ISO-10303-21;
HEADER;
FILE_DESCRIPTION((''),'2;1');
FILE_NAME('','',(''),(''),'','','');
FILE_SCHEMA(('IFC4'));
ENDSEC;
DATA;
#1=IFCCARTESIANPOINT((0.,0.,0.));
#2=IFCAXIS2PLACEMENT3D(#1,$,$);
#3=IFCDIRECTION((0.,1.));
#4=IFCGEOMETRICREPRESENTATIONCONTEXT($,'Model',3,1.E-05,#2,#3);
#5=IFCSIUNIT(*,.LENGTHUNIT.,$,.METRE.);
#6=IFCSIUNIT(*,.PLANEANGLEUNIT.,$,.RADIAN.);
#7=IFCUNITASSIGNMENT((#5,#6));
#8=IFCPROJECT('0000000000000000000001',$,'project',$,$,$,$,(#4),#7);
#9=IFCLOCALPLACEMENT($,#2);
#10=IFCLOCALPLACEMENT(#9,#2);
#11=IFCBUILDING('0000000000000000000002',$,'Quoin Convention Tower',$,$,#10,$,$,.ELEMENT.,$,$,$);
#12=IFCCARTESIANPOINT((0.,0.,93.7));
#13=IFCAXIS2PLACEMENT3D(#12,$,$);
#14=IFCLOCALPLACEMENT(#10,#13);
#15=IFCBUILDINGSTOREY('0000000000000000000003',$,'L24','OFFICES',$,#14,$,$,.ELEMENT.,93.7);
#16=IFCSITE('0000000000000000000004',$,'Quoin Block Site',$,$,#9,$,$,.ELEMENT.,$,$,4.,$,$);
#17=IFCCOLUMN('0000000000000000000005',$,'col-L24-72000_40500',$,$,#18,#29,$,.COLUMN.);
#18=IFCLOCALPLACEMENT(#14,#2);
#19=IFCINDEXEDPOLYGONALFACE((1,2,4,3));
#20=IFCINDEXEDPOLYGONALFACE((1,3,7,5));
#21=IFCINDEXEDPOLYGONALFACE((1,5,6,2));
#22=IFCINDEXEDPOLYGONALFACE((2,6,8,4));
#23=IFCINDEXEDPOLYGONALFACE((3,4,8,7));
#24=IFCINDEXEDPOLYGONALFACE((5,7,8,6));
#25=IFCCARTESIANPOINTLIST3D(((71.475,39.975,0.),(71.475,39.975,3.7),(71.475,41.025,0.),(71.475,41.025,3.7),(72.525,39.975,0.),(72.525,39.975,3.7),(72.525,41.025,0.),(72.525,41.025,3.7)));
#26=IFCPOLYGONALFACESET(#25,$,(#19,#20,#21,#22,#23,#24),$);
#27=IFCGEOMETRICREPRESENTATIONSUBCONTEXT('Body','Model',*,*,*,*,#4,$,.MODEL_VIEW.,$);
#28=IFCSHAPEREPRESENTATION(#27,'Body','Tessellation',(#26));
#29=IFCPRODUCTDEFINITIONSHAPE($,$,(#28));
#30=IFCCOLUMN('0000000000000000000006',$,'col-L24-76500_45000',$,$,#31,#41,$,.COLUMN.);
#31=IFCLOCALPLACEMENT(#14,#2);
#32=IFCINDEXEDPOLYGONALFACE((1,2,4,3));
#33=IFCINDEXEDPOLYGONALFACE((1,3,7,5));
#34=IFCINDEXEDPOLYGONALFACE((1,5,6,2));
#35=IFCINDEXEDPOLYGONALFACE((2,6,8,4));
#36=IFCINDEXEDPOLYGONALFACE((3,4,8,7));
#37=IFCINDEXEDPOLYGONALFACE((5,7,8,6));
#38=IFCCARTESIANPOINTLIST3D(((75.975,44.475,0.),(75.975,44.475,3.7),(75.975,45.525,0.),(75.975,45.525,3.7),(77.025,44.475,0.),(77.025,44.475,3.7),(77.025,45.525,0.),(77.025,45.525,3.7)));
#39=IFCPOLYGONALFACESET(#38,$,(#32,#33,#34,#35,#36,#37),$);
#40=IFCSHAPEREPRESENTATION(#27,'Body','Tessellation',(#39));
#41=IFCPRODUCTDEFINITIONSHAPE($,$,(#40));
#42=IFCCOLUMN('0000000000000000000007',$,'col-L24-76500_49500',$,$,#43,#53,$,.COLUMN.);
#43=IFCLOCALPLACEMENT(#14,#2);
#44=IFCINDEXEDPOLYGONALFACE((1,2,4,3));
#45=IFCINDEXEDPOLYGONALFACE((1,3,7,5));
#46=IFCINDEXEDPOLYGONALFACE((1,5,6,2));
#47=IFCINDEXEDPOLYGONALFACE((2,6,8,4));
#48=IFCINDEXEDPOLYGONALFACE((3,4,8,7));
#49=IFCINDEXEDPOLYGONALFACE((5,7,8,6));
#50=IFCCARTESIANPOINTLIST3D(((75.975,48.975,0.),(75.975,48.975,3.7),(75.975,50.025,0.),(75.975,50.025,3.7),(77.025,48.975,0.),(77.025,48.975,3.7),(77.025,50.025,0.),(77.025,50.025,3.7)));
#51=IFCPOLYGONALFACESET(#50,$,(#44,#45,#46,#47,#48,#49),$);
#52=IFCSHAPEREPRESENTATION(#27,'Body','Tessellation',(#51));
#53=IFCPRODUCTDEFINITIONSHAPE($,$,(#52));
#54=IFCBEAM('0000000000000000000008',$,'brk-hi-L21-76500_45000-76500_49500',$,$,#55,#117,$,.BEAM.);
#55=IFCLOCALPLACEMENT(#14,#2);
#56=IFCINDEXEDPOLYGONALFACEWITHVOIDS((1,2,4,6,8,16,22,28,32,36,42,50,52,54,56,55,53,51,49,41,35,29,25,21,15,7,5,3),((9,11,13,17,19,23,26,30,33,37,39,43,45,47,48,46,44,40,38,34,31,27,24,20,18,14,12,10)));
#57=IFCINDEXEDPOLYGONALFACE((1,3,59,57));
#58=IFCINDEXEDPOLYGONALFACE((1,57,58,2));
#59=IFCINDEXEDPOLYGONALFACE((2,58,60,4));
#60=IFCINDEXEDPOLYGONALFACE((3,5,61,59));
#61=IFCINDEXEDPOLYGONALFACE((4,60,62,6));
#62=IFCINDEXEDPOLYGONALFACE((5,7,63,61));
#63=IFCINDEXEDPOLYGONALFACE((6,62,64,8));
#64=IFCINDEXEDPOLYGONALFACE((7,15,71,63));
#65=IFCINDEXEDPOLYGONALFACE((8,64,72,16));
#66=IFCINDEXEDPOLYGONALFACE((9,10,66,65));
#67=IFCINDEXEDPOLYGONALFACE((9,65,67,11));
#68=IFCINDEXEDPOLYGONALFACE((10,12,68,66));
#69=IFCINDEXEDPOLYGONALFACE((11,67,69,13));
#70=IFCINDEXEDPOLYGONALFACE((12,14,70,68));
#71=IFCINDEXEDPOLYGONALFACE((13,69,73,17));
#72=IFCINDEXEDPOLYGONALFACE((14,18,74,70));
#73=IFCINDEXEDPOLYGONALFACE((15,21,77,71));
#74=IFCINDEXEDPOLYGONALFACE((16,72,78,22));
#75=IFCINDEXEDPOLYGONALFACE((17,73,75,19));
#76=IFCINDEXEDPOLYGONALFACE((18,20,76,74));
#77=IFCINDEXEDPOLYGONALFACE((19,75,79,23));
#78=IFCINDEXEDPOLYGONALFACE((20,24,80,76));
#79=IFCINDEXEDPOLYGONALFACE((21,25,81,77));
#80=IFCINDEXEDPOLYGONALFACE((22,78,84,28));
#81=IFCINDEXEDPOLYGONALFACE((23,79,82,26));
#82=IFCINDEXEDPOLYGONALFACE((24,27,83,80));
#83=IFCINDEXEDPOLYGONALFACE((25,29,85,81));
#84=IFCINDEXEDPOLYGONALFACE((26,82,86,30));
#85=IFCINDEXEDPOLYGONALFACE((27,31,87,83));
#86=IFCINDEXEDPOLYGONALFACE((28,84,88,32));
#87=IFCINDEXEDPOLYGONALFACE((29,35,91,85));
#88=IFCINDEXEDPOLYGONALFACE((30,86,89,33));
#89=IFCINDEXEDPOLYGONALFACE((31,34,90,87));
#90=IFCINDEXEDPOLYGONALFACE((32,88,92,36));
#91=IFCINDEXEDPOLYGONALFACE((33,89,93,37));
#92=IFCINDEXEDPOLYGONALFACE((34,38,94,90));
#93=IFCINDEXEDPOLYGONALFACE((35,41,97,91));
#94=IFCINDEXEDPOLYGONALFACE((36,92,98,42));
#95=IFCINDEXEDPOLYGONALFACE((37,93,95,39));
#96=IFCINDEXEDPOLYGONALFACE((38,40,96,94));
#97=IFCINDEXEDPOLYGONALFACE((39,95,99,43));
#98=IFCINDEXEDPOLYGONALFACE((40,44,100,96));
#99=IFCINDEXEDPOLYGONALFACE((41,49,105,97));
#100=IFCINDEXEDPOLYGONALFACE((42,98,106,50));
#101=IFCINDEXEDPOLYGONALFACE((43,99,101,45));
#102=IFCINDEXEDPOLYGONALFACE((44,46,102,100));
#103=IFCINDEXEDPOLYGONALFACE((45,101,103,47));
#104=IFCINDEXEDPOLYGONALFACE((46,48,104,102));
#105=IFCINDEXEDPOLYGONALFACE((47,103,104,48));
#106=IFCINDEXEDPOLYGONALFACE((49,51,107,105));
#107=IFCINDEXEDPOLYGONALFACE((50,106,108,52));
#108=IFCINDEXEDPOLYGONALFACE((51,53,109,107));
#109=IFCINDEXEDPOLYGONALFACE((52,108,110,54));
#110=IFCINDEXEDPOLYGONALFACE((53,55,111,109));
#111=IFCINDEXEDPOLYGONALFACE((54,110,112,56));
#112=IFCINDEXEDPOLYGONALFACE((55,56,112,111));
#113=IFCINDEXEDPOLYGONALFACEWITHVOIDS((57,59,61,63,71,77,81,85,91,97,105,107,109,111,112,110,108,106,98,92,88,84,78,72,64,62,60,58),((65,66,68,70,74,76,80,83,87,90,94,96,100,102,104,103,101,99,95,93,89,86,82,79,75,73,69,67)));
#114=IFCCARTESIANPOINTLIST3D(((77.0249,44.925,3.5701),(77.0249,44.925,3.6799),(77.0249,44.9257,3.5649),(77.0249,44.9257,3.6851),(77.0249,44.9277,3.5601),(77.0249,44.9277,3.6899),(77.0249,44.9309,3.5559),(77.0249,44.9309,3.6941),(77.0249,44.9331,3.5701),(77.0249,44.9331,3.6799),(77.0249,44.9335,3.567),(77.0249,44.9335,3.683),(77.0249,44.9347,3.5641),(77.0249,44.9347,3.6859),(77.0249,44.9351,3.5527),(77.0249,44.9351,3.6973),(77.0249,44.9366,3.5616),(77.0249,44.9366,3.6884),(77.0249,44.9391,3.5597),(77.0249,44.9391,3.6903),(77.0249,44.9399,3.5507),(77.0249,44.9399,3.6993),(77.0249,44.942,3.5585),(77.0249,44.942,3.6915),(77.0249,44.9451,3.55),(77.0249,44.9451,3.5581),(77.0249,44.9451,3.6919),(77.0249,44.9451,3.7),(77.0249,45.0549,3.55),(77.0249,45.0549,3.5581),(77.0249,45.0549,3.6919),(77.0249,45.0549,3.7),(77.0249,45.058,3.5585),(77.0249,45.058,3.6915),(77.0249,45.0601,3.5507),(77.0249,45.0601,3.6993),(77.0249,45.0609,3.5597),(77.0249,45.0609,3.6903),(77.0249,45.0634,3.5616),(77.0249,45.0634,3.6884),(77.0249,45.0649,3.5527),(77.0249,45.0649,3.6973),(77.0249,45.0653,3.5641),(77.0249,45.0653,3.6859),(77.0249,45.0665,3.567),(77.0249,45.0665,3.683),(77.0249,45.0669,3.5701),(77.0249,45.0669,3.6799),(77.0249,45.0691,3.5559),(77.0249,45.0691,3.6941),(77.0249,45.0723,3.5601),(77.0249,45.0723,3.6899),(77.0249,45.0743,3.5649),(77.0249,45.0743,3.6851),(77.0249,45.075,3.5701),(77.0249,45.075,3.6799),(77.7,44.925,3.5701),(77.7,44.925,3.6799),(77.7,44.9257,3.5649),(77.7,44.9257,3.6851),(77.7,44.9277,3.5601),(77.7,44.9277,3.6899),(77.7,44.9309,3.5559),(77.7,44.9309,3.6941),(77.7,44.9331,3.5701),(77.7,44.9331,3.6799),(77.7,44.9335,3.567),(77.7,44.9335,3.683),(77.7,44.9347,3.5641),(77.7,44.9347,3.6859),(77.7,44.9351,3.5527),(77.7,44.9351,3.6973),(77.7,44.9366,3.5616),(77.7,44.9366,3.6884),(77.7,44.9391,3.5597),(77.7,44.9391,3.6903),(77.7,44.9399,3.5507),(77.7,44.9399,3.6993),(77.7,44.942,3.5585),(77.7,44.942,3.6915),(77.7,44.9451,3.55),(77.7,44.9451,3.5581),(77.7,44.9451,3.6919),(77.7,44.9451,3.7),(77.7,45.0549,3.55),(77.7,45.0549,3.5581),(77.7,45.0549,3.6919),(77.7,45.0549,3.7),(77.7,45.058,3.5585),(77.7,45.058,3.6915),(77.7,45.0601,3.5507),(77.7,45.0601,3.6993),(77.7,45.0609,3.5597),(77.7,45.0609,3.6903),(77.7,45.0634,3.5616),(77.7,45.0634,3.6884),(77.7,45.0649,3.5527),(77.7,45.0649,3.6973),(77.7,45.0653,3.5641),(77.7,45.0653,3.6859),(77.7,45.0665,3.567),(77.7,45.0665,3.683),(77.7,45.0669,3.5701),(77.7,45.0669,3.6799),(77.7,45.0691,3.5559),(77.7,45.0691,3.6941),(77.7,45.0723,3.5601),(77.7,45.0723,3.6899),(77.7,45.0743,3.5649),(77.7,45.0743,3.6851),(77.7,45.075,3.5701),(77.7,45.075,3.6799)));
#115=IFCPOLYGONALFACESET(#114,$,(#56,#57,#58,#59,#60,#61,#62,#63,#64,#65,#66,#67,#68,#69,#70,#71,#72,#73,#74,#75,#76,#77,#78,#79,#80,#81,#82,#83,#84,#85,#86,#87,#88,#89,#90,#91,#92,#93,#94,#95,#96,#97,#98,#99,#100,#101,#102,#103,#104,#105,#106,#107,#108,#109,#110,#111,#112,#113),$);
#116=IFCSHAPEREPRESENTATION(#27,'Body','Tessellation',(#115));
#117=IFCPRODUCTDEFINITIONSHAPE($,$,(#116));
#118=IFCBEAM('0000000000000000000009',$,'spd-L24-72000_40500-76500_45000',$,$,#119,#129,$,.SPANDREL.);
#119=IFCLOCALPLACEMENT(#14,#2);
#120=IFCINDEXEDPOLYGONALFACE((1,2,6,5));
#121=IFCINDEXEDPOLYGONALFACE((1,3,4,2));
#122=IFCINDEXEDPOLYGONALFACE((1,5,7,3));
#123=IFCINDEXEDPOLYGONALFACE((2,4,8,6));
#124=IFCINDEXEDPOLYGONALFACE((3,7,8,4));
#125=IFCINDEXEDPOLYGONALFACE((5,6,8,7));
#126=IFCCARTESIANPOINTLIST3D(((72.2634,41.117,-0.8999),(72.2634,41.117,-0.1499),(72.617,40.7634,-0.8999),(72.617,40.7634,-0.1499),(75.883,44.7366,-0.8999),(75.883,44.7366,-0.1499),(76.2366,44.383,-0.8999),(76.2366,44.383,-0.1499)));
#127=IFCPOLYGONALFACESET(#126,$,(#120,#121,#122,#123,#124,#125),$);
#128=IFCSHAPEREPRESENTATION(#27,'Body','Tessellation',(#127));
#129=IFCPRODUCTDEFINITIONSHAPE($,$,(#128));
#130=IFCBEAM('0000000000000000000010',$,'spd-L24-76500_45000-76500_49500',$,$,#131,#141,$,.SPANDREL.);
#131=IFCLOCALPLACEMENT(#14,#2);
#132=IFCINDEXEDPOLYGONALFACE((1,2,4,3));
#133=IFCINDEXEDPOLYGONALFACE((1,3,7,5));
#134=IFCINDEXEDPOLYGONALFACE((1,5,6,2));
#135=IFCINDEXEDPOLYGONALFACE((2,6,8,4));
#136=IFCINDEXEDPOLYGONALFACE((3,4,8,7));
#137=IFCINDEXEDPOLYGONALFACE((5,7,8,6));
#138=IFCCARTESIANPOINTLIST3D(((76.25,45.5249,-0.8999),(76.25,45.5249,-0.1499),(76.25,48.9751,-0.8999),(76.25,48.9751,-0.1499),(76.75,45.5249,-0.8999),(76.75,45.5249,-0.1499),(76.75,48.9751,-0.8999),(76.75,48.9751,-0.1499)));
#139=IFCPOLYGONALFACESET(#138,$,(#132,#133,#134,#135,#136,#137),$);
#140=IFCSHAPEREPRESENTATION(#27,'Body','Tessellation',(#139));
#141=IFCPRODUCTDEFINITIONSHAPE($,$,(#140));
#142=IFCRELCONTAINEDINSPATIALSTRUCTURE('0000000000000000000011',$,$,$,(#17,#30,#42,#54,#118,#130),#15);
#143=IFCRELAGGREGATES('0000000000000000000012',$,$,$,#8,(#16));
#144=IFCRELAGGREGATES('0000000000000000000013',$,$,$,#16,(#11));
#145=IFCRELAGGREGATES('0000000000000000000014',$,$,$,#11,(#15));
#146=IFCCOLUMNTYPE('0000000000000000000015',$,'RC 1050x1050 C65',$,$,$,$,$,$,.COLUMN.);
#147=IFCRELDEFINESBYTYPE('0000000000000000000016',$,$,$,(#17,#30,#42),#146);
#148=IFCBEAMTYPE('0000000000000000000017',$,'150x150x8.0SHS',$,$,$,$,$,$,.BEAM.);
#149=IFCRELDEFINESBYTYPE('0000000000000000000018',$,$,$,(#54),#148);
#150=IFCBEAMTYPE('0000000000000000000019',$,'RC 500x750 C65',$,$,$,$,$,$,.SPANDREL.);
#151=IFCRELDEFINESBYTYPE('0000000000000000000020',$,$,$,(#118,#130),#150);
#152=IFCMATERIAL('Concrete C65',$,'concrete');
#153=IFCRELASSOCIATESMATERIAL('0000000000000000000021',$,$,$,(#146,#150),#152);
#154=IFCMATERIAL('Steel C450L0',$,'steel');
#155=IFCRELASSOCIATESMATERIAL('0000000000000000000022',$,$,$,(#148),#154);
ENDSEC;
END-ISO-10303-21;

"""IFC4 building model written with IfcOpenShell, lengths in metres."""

from ifc_helpers import new_model, si_unit, direction, frame, origin, origin_2d, place, context, subcontext, project, spatial, rectangle, hollow_rectangle, extrude, material, material_profile, profile_set, type_object, element, save


model = new_model("IFC4")

# Units and contexts
model_context = context("Model", 3, precision=1e-05, world=origin(), true_north=direction((0.0, 1.0)))
body_context = subcontext(model_context, "Body", "Model", "MODEL_VIEW")
ifc_project = project(units=[si_unit("LENGTHUNIT", "METRE"), si_unit("PLANEANGLEUNIT", "RADIAN")], contexts=[model_context])

# Site, building, storey
site_placement = place(None, origin())
site = spatial("IfcSite", under=ifc_project, at=site_placement, Name="Quoin Block Site", CompositionType="ELEMENT", RefElevation=4.0)
building_placement = place(site_placement, origin())
building = spatial("IfcBuilding", under=site, at=building_placement, Name="Quoin Convention Tower", CompositionType="ELEMENT")
storey_placement = place(building_placement, frame((0.0, 0.0, 93.7)))
storey = spatial("IfcBuildingStorey", under=building, at=storey_placement, Name="L24", Description="OFFICES", CompositionType="ELEMENT", Elevation=93.7)

# Columns
ifc_material_1 = material(Name="Concrete C65", Category="concrete")
ifc_material_profile_1 = material_profile(ifc_material_1, rectangle(XDim=1.05, YDim=1.05, at=origin_2d()), Name="RC 1050x1050")
ifc_profile_set_1 = profile_set([ifc_material_profile_1], Name="Concrete C65")
column_type = type_object("IfcColumnType", Name="RC 1050x1050 C65", PredefinedType="COLUMN", material=ifc_profile_set_1)
for number, where, z_axis, x_axis, name in (
    (1, (72.0, 40.5, 0.0), (0.0, 0.0, 1.0), (1.0, 0.0, 0.0), "col-L24-72000_40500"),
    (2, (76.5, 45.0, 0.0), (0.0, 0.0, 1.0), (1.0, 0.0, 0.0), "col-L24-76500_45000"),
    (3, (76.5, 49.5, 0.0), (0.0, 0.0, 1.0), (1.0, 0.0, 0.0), "col-L24-76500_49500"),
):
    element("IfcColumn", number, at=place(storey_placement, frame(where, z_axis=z_axis, x_axis=x_axis)), inside=storey, type_object=column_type, Name=name, PredefinedType="COLUMN", context=body_context, shape_type="SweptSolid", body=[
        extrude(rectangle(XDim=1.05, YDim=1.05, at=origin_2d()), origin(), (0.0, 0.0, 1.0), 3.7),
    ])

# Beams
ifc_material_2 = material(Name="Steel C450L0", Category="steel")
ifc_material_profile_2 = material_profile(ifc_material_2, hollow_rectangle(XDim=0.1499, YDim=0.1499, WallThickness=0.0081, InnerFilletRadius=0.012, OuterFilletRadius=0.02, at=origin_2d()), Name="150x150x8.0SHS")
ifc_profile_set_2 = profile_set([ifc_material_profile_2], Name="Steel C450L0")
beam_type_1 = type_object("IfcBeamType", Name="150x150x8.0SHS", PredefinedType="BEAM", material=ifc_profile_set_2)
beam_1_placement = place(storey_placement, frame((77.0249, 45.0, 3.625), z_axis=(1.0, 0.0, 0.0), x_axis=(0.0, 1.0, 0.0)))
element("IfcBeam", 4, at=beam_1_placement, inside=storey, type_object=beam_type_1, Name="brk-hi-L21-76500_45000-76500_49500", PredefinedType="BEAM", context=body_context, shape_type="SweptSolid", body=[
    extrude(hollow_rectangle(XDim=0.1499, YDim=0.1499, WallThickness=0.0081, InnerFilletRadius=0.012, OuterFilletRadius=0.02, at=origin_2d()), origin(), (0.0, 0.0, 1.0), 0.675),
])
ifc_material_profile_3 = material_profile(ifc_material_1, rectangle(XDim=0.5, YDim=0.75, at=origin_2d()), Name="RC 500x750")
ifc_profile_set_3 = profile_set([ifc_material_profile_3], Name="Concrete C65")
beam_type_2 = type_object("IfcBeamType", Name="RC 500x750 C65", PredefinedType="SPANDREL", material=ifc_profile_set_3)
beam_2_placement = place(storey_placement, frame((72.4402, 40.9402, -0.5249), z_axis=(0.707107, 0.707107, 0.0), x_axis=(-0.707107, 0.707107, 0.0)))
element("IfcBeam", 5, at=beam_2_placement, inside=storey, type_object=beam_type_2, Name="spd-L24-72000_40500-76500_45000", PredefinedType="SPANDREL", context=body_context, shape_type="SweptSolid", body=[
    extrude(rectangle(XDim=0.5, YDim=0.75, at=origin_2d()), origin(), (0.0, 0.0, 1.0), 5.1189),
])
beam_3_placement = place(storey_placement, frame((76.5, 45.5249, -0.5249), z_axis=(0.0, 1.0, 0.0), x_axis=(-1.0, 0.0, 0.0)))
element("IfcBeam", 6, at=beam_3_placement, inside=storey, type_object=beam_type_2, Name="spd-L24-76500_45000-76500_49500", PredefinedType="SPANDREL", context=body_context, shape_type="SweptSolid", body=[
    extrude(rectangle(XDim=0.5, YDim=0.75, at=origin_2d()), origin(), (0.0, 0.0, 1.0), 3.4502),
])

save(model, "model.ifc")
